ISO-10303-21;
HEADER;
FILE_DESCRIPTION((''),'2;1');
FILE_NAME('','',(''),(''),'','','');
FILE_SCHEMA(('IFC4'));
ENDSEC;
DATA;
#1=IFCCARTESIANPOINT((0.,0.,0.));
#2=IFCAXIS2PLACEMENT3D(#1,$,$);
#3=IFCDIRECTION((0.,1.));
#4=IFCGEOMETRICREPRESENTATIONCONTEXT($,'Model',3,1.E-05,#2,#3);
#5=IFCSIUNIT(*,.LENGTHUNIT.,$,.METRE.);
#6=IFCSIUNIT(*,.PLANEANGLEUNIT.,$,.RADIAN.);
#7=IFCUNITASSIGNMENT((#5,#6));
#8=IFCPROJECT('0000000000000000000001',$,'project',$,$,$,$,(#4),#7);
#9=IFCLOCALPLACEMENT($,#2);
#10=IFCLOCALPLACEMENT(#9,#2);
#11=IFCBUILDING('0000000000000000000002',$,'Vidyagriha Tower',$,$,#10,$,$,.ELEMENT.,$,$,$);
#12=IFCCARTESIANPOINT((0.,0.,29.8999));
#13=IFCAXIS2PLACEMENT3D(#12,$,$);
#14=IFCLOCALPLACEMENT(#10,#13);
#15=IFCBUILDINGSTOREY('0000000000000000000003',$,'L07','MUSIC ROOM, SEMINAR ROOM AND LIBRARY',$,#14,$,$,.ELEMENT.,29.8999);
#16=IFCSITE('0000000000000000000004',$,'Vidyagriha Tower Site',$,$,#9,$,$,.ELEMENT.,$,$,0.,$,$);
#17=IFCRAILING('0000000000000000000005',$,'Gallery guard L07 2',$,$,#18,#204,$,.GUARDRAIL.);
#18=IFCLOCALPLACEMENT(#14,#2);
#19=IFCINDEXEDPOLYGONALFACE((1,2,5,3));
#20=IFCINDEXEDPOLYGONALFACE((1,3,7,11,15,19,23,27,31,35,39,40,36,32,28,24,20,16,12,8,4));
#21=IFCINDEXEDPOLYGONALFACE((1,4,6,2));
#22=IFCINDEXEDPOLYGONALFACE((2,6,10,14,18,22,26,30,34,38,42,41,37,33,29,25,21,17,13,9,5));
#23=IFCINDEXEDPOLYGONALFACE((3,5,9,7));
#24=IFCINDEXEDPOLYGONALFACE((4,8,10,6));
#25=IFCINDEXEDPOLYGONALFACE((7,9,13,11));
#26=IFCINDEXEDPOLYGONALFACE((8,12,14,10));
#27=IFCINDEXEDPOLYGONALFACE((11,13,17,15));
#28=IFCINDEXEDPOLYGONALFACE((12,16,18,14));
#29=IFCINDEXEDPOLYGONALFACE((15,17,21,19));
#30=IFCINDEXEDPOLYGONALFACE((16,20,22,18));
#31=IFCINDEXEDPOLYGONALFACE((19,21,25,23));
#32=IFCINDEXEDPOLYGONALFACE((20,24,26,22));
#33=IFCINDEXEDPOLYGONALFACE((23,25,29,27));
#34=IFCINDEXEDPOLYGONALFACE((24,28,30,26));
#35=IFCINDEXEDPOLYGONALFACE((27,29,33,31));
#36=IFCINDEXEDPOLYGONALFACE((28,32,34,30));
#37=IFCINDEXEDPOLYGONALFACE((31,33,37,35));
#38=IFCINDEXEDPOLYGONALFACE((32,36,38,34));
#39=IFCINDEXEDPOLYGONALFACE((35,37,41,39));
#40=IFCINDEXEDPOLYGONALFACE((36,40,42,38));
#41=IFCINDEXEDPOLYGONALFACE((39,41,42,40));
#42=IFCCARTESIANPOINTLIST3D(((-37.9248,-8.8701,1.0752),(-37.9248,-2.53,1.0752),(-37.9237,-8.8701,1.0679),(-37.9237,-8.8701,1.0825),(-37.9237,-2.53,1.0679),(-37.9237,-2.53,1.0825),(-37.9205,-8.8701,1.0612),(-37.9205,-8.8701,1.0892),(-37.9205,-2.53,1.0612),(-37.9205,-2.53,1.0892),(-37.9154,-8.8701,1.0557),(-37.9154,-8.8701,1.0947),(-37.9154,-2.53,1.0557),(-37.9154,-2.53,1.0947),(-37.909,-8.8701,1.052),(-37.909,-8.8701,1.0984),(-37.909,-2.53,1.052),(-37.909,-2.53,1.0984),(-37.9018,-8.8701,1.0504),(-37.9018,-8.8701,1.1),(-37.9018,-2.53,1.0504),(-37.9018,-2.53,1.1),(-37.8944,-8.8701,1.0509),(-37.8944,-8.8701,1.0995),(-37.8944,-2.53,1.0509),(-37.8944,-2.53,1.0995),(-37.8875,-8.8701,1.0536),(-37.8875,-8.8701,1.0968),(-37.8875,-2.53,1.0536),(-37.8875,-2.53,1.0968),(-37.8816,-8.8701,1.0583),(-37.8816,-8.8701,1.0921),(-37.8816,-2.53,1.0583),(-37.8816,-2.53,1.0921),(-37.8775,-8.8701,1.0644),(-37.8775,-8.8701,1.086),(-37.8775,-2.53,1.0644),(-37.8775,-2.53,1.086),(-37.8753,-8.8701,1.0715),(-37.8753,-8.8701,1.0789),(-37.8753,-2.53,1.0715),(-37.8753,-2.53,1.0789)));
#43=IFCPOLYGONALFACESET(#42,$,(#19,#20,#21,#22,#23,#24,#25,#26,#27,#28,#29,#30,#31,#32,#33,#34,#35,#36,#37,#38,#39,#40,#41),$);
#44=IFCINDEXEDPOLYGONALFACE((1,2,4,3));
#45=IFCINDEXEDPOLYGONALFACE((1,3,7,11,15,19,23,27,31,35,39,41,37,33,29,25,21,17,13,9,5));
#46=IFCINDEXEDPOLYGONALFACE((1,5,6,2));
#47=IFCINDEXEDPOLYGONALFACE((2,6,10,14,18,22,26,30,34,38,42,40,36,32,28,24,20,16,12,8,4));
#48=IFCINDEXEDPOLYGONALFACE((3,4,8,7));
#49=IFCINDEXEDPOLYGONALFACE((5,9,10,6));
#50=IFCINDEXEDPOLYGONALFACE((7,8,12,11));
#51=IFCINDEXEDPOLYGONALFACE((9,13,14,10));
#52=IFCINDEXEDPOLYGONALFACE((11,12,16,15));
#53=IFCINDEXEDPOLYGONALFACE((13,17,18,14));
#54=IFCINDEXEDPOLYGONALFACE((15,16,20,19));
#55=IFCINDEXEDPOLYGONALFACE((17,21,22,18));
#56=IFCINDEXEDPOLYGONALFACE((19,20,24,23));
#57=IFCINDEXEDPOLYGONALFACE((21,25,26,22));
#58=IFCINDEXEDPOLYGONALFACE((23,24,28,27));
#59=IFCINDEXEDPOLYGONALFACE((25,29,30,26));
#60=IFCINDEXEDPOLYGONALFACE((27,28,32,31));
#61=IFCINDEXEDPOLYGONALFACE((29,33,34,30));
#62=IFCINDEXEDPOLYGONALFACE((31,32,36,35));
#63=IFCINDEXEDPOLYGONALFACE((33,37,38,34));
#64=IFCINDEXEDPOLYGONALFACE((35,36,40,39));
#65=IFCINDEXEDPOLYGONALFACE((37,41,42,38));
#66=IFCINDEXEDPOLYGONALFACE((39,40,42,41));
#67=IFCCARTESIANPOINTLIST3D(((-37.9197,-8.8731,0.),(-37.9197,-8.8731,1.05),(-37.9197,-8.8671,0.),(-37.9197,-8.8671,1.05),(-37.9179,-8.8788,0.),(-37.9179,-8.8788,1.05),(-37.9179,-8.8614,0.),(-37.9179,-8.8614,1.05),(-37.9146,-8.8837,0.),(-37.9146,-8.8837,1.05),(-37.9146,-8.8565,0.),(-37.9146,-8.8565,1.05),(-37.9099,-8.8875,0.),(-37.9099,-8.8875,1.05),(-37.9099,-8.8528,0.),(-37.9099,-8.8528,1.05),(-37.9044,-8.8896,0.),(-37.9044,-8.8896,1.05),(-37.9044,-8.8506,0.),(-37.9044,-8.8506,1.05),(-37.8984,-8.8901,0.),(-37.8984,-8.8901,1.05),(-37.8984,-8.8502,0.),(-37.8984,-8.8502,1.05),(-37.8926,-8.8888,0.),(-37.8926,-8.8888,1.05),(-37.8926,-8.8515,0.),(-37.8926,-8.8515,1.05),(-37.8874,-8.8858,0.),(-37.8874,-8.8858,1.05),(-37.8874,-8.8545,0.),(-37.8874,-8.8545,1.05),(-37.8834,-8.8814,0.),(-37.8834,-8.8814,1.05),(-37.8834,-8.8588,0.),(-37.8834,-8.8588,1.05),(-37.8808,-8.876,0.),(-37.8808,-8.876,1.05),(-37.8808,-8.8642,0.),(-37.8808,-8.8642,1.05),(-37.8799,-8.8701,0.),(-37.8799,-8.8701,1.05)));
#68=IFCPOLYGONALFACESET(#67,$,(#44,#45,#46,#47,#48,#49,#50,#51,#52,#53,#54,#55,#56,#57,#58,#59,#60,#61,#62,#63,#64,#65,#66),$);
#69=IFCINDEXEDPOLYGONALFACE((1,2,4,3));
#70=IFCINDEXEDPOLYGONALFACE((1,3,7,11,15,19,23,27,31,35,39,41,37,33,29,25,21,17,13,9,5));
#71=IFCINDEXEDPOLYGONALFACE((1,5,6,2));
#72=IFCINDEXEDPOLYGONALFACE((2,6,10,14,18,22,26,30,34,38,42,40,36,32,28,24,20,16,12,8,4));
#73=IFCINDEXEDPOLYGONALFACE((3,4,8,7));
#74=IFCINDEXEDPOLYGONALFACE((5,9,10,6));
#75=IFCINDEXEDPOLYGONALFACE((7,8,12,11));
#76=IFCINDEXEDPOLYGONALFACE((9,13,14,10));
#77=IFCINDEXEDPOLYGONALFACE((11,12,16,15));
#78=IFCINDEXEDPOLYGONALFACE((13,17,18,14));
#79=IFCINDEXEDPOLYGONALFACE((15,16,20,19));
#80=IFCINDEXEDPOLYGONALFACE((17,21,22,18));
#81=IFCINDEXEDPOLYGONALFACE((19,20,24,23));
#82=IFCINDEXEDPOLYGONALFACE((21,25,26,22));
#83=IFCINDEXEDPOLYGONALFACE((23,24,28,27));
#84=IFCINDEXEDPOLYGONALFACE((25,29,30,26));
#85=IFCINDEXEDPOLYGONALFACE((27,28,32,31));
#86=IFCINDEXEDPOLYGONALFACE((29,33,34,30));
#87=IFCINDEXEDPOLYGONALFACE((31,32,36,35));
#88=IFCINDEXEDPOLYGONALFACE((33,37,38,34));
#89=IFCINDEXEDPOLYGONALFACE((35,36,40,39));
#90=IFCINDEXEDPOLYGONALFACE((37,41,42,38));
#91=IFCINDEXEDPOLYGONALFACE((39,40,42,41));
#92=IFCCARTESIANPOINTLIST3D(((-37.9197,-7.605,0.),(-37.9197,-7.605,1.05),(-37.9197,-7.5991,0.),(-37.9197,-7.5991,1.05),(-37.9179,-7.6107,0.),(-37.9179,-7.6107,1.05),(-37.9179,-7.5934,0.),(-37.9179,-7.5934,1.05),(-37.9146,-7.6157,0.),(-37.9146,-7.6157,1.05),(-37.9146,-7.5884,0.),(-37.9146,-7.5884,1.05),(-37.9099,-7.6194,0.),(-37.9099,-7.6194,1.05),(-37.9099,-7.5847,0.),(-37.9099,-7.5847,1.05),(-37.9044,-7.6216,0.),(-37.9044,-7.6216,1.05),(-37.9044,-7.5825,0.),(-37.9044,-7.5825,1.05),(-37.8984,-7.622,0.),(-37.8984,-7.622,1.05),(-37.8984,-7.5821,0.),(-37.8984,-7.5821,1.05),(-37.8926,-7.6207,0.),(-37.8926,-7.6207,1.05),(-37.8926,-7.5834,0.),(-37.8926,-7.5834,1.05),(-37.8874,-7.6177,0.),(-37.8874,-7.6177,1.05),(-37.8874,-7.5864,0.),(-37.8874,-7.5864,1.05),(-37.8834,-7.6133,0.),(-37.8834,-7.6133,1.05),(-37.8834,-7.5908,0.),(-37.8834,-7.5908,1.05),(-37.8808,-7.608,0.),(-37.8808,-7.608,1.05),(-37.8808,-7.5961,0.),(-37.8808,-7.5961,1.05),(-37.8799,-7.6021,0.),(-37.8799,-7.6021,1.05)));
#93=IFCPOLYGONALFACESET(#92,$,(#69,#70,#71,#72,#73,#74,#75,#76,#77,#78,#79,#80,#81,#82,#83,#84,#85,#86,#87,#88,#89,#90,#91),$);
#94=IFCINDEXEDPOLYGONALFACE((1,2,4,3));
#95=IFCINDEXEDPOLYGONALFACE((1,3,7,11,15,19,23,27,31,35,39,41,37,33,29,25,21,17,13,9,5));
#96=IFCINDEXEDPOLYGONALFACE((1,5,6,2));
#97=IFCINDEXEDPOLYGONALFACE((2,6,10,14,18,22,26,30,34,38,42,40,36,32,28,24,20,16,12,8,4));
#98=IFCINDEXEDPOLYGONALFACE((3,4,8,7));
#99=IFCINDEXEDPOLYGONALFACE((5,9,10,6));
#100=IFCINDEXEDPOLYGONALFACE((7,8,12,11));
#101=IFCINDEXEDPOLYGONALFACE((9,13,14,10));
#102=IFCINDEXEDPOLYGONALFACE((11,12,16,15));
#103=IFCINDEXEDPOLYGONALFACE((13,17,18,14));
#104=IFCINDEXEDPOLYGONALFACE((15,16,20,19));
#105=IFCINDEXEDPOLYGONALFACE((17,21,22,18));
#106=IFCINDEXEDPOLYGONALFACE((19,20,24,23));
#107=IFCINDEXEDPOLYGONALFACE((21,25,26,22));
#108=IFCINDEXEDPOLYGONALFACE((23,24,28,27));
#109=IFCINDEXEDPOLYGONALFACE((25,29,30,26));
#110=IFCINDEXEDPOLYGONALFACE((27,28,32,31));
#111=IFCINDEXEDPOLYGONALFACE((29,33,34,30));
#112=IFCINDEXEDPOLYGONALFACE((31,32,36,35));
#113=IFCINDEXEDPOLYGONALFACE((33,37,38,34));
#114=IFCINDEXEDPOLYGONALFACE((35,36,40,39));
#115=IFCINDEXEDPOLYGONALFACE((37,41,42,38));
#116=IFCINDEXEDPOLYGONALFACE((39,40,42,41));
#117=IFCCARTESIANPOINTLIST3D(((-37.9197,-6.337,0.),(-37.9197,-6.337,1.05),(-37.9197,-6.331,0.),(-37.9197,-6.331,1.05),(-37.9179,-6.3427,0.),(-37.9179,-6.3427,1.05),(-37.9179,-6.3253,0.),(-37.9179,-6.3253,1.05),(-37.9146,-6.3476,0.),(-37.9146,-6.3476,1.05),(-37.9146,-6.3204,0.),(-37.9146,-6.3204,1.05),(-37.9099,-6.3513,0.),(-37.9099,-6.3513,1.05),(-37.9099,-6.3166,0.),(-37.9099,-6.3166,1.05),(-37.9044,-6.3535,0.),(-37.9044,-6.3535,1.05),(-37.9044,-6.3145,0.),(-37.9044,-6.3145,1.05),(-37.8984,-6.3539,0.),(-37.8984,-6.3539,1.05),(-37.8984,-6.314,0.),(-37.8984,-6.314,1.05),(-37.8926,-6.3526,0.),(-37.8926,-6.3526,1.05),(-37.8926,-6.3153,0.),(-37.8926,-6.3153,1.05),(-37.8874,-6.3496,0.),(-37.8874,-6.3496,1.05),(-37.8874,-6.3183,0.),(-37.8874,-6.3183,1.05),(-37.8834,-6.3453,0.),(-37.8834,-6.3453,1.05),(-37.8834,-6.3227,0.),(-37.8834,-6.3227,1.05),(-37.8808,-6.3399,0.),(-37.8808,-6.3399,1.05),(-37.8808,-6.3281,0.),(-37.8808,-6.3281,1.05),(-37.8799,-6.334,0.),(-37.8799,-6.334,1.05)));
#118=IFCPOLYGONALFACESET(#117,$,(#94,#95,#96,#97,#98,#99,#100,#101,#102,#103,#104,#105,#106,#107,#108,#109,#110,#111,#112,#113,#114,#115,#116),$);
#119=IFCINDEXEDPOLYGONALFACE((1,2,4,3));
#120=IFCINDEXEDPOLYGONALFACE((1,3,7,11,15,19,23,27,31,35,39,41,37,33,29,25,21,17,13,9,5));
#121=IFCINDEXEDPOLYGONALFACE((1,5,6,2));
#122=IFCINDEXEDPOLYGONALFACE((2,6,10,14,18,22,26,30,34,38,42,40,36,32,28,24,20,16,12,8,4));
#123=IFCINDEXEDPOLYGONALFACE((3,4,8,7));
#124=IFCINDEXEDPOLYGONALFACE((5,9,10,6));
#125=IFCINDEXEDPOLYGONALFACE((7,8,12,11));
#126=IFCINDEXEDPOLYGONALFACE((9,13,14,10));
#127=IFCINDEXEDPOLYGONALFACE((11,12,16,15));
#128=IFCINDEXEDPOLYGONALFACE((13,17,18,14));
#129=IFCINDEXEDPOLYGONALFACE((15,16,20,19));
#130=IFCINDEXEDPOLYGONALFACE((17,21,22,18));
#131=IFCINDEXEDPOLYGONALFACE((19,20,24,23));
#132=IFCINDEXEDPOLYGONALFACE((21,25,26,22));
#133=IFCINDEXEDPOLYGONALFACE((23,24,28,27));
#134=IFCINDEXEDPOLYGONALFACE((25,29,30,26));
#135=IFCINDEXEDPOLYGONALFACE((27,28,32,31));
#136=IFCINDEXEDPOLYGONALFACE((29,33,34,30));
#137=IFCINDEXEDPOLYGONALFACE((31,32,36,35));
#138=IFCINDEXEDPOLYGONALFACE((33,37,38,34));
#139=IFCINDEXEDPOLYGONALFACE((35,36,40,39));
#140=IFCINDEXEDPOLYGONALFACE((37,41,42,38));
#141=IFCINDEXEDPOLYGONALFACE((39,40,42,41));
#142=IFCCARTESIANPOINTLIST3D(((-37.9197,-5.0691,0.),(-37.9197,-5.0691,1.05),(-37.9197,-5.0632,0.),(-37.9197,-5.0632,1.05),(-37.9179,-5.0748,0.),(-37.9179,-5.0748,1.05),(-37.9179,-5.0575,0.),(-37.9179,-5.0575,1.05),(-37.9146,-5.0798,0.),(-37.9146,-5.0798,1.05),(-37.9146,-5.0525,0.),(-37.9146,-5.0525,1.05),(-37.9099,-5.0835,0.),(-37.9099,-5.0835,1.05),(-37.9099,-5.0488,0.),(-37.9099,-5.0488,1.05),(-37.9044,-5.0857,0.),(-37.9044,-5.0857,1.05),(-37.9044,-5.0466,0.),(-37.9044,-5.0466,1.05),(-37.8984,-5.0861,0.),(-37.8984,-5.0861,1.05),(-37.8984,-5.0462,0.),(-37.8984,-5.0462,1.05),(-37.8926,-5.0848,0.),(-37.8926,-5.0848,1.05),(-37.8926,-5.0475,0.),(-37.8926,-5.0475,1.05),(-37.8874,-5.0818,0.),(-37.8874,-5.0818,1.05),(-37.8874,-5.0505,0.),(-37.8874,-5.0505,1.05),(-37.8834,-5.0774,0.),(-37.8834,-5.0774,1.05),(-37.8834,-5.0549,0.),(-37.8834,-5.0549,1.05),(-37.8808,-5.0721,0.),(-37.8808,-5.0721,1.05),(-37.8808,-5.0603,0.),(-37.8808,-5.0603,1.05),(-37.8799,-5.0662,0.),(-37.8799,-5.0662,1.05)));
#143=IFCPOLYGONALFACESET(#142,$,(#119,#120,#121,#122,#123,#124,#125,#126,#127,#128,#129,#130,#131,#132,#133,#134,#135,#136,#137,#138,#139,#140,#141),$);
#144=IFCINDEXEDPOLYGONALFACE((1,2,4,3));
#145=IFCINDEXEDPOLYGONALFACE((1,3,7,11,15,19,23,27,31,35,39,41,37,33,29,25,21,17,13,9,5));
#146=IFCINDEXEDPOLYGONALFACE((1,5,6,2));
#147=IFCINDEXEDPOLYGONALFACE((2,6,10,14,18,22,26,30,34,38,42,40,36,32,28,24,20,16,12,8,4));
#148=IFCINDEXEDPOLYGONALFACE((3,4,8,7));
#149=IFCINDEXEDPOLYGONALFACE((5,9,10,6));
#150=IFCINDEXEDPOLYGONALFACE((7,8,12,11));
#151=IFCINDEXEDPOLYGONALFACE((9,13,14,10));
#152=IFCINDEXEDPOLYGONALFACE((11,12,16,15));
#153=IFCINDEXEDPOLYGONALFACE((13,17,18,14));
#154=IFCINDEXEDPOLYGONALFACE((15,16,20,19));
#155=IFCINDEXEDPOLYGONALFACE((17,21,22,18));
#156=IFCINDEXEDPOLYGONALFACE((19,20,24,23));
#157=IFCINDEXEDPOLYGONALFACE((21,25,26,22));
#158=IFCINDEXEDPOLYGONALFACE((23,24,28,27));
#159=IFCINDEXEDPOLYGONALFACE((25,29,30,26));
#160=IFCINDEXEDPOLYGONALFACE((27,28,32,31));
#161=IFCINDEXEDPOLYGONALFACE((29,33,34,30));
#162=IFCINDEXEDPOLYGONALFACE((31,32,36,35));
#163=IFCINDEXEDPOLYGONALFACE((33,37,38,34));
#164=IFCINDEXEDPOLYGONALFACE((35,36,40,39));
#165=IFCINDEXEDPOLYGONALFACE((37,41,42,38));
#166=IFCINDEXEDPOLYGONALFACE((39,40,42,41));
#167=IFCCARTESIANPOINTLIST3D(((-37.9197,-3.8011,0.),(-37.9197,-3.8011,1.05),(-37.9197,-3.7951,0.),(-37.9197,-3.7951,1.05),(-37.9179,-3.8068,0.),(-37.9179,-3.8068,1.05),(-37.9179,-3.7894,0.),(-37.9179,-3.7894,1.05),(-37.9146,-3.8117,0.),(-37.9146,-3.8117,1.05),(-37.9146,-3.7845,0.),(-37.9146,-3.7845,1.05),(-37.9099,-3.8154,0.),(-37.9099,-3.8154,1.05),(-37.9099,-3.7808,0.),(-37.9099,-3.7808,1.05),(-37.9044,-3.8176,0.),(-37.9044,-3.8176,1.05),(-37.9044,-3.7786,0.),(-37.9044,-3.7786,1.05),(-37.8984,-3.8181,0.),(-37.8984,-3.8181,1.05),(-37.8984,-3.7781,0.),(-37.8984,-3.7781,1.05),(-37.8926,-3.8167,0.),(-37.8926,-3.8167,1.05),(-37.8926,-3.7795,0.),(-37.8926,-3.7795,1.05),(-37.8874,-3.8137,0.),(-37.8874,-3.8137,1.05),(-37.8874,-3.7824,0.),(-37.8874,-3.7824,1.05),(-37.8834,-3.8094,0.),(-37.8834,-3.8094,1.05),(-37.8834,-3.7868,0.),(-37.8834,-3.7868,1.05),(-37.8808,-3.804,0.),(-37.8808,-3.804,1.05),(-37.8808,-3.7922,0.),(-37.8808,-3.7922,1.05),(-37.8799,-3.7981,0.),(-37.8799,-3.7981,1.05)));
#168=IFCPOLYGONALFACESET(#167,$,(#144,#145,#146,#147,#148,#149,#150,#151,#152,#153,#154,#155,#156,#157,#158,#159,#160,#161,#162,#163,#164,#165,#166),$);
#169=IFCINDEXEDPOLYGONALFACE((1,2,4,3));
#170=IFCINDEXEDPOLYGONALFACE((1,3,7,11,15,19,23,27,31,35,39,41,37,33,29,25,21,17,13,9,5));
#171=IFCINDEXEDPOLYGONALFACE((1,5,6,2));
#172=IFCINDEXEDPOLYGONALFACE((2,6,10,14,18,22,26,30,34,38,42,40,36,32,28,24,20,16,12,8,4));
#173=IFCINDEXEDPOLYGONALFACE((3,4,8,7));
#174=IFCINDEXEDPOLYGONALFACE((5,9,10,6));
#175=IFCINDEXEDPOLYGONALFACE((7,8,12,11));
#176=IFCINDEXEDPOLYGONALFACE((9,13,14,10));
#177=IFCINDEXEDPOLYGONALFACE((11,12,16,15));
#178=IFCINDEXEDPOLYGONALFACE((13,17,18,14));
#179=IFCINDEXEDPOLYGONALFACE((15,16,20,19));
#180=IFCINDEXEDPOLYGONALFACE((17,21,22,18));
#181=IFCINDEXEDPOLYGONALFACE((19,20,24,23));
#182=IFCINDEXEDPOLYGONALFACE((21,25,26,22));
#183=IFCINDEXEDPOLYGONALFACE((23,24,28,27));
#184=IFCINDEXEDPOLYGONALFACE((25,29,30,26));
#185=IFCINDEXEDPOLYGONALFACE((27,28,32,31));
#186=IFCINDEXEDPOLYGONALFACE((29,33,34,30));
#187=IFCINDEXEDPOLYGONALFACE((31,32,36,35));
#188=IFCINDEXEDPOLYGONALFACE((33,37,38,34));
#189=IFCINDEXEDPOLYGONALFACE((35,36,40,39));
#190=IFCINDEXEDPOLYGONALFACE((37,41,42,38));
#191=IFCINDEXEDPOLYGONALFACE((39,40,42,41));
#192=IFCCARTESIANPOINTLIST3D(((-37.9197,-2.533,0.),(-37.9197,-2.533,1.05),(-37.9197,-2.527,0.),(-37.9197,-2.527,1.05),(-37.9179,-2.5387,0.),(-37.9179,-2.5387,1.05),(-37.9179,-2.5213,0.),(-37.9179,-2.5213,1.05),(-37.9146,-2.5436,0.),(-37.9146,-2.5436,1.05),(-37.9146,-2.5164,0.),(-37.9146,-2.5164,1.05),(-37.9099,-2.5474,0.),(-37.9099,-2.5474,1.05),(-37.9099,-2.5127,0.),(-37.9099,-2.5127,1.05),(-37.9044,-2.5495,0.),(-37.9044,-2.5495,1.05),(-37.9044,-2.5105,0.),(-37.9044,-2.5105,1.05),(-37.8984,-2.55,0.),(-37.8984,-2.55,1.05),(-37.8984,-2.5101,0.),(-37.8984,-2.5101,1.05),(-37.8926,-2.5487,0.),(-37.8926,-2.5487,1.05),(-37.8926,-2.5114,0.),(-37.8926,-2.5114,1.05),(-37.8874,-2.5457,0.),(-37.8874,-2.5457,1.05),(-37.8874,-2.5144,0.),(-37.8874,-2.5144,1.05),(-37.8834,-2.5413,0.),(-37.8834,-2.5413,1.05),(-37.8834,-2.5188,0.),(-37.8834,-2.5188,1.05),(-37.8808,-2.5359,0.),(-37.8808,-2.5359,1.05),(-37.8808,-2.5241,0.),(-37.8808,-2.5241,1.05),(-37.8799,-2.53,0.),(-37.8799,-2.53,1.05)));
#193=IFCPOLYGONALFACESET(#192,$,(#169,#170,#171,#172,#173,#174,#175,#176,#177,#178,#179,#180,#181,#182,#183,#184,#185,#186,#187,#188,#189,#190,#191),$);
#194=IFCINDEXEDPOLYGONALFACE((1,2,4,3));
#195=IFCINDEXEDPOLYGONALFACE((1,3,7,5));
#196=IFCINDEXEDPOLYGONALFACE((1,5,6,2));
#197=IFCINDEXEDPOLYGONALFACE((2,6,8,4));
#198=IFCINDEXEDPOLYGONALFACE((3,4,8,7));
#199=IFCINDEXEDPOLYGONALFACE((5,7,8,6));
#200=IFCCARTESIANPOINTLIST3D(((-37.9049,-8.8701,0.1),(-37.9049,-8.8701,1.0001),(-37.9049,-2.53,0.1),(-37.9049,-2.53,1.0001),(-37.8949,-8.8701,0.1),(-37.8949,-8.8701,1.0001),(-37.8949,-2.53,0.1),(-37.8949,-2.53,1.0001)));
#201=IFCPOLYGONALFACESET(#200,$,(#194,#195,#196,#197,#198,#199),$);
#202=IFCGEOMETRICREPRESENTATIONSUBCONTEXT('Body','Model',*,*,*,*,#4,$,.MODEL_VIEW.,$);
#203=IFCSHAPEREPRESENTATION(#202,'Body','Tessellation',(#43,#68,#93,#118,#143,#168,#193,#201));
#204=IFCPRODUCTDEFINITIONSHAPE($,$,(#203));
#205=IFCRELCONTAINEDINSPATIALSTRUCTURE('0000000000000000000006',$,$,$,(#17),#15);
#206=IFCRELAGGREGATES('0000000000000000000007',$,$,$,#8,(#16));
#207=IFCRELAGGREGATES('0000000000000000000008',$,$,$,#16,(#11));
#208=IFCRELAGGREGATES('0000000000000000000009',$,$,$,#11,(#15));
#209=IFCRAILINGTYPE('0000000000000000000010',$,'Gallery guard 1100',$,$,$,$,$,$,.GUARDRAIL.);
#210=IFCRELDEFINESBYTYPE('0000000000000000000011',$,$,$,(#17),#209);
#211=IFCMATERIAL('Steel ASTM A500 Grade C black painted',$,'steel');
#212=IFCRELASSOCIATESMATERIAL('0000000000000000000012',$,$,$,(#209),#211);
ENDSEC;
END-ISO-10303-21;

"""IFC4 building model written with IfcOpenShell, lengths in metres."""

from ifc_helpers import new_model, si_unit, direction, frame, origin, origin_2d, place, context, subcontext, project, spatial, rectangle, circle, extrude, material, type_object, element, save


model = new_model("IFC4")

# Units and contexts
model_context = context("Model", 3, precision=1e-05, world=origin(), true_north=direction((0.0, 1.0)))
body_context = subcontext(model_context, "Body", "Model", "MODEL_VIEW")
ifc_project = project(units=[si_unit("LENGTHUNIT", "METRE"), si_unit("PLANEANGLEUNIT", "RADIAN")], contexts=[model_context])

# Site, building, storey
site_placement = place(None, origin())
site = spatial("IfcSite", under=ifc_project, at=site_placement, Name="Vidyagriha Tower Site", CompositionType="ELEMENT", RefElevation=0.0)
building_placement = place(site_placement, origin())
building = spatial("IfcBuilding", under=site, at=building_placement, Name="Vidyagriha Tower", CompositionType="ELEMENT")
storey_placement = place(building_placement, frame((0.0, 0.0, 29.8999)))
storey = spatial("IfcBuildingStorey", under=building, at=storey_placement, Name="L07", Description="MUSIC ROOM, SEMINAR ROOM AND LIBRARY", CompositionType="ELEMENT", Elevation=29.8999)

# Railing
ifc_material_1 = material(Name="Steel ASTM A500 Grade C black painted", Category="steel")
railing_type = type_object("IfcRailingType", Name="Gallery guard 1100", PredefinedType="GUARDRAIL", material=ifc_material_1)
railing_1_placement = place(storey_placement, frame((-37.8999, -8.8701, 0.0)))
element("IfcRailing", 1, at=railing_1_placement, inside=storey, type_object=railing_type, Name="Gallery guard L07 2", PredefinedType="GUARDRAIL", context=body_context, shape_type="SweptSolid", body=[
    extrude(circle(Radius=0.0249, at=origin_2d()), frame((0.0, 0.0, 1.0752), z_axis=(0.0, 1.0, 0.0), x_axis=(-1.0, 0.0, 0.0)), (0.0, 0.0, 1.0), 6.3401),
    extrude(circle(Radius=0.02, at=origin_2d()), origin(), (0.0, 0.0, 1.0), 1.05),
    extrude(circle(Radius=0.02, at=origin_2d()), frame((0.0, 1.2681, 0.0)), (0.0, 0.0, 1.0), 1.05),
    extrude(circle(Radius=0.02, at=origin_2d()), frame((0.0, 2.5361, 0.0)), (0.0, 0.0, 1.0), 1.05),
    extrude(circle(Radius=0.02, at=origin_2d()), frame((0.0, 3.804, 0.0)), (0.0, 0.0, 1.0), 1.05),
    extrude(circle(Radius=0.02, at=origin_2d()), frame((0.0, 5.072, 0.0)), (0.0, 0.0, 1.0), 1.05),
    extrude(circle(Radius=0.02, at=origin_2d()), frame((0.0, 6.3401, 0.0)), (0.0, 0.0, 1.0), 1.05),
    extrude(rectangle(XDim=0.01, YDim=0.9001, at=origin_2d()), frame((0.0, 0.0, 0.55), z_axis=(0.0, 1.0, 0.0), x_axis=(-1.0, 0.0, 0.0)), (0.0, 0.0, 1.0), 6.3401),
])

save(model, "model.ifc")
